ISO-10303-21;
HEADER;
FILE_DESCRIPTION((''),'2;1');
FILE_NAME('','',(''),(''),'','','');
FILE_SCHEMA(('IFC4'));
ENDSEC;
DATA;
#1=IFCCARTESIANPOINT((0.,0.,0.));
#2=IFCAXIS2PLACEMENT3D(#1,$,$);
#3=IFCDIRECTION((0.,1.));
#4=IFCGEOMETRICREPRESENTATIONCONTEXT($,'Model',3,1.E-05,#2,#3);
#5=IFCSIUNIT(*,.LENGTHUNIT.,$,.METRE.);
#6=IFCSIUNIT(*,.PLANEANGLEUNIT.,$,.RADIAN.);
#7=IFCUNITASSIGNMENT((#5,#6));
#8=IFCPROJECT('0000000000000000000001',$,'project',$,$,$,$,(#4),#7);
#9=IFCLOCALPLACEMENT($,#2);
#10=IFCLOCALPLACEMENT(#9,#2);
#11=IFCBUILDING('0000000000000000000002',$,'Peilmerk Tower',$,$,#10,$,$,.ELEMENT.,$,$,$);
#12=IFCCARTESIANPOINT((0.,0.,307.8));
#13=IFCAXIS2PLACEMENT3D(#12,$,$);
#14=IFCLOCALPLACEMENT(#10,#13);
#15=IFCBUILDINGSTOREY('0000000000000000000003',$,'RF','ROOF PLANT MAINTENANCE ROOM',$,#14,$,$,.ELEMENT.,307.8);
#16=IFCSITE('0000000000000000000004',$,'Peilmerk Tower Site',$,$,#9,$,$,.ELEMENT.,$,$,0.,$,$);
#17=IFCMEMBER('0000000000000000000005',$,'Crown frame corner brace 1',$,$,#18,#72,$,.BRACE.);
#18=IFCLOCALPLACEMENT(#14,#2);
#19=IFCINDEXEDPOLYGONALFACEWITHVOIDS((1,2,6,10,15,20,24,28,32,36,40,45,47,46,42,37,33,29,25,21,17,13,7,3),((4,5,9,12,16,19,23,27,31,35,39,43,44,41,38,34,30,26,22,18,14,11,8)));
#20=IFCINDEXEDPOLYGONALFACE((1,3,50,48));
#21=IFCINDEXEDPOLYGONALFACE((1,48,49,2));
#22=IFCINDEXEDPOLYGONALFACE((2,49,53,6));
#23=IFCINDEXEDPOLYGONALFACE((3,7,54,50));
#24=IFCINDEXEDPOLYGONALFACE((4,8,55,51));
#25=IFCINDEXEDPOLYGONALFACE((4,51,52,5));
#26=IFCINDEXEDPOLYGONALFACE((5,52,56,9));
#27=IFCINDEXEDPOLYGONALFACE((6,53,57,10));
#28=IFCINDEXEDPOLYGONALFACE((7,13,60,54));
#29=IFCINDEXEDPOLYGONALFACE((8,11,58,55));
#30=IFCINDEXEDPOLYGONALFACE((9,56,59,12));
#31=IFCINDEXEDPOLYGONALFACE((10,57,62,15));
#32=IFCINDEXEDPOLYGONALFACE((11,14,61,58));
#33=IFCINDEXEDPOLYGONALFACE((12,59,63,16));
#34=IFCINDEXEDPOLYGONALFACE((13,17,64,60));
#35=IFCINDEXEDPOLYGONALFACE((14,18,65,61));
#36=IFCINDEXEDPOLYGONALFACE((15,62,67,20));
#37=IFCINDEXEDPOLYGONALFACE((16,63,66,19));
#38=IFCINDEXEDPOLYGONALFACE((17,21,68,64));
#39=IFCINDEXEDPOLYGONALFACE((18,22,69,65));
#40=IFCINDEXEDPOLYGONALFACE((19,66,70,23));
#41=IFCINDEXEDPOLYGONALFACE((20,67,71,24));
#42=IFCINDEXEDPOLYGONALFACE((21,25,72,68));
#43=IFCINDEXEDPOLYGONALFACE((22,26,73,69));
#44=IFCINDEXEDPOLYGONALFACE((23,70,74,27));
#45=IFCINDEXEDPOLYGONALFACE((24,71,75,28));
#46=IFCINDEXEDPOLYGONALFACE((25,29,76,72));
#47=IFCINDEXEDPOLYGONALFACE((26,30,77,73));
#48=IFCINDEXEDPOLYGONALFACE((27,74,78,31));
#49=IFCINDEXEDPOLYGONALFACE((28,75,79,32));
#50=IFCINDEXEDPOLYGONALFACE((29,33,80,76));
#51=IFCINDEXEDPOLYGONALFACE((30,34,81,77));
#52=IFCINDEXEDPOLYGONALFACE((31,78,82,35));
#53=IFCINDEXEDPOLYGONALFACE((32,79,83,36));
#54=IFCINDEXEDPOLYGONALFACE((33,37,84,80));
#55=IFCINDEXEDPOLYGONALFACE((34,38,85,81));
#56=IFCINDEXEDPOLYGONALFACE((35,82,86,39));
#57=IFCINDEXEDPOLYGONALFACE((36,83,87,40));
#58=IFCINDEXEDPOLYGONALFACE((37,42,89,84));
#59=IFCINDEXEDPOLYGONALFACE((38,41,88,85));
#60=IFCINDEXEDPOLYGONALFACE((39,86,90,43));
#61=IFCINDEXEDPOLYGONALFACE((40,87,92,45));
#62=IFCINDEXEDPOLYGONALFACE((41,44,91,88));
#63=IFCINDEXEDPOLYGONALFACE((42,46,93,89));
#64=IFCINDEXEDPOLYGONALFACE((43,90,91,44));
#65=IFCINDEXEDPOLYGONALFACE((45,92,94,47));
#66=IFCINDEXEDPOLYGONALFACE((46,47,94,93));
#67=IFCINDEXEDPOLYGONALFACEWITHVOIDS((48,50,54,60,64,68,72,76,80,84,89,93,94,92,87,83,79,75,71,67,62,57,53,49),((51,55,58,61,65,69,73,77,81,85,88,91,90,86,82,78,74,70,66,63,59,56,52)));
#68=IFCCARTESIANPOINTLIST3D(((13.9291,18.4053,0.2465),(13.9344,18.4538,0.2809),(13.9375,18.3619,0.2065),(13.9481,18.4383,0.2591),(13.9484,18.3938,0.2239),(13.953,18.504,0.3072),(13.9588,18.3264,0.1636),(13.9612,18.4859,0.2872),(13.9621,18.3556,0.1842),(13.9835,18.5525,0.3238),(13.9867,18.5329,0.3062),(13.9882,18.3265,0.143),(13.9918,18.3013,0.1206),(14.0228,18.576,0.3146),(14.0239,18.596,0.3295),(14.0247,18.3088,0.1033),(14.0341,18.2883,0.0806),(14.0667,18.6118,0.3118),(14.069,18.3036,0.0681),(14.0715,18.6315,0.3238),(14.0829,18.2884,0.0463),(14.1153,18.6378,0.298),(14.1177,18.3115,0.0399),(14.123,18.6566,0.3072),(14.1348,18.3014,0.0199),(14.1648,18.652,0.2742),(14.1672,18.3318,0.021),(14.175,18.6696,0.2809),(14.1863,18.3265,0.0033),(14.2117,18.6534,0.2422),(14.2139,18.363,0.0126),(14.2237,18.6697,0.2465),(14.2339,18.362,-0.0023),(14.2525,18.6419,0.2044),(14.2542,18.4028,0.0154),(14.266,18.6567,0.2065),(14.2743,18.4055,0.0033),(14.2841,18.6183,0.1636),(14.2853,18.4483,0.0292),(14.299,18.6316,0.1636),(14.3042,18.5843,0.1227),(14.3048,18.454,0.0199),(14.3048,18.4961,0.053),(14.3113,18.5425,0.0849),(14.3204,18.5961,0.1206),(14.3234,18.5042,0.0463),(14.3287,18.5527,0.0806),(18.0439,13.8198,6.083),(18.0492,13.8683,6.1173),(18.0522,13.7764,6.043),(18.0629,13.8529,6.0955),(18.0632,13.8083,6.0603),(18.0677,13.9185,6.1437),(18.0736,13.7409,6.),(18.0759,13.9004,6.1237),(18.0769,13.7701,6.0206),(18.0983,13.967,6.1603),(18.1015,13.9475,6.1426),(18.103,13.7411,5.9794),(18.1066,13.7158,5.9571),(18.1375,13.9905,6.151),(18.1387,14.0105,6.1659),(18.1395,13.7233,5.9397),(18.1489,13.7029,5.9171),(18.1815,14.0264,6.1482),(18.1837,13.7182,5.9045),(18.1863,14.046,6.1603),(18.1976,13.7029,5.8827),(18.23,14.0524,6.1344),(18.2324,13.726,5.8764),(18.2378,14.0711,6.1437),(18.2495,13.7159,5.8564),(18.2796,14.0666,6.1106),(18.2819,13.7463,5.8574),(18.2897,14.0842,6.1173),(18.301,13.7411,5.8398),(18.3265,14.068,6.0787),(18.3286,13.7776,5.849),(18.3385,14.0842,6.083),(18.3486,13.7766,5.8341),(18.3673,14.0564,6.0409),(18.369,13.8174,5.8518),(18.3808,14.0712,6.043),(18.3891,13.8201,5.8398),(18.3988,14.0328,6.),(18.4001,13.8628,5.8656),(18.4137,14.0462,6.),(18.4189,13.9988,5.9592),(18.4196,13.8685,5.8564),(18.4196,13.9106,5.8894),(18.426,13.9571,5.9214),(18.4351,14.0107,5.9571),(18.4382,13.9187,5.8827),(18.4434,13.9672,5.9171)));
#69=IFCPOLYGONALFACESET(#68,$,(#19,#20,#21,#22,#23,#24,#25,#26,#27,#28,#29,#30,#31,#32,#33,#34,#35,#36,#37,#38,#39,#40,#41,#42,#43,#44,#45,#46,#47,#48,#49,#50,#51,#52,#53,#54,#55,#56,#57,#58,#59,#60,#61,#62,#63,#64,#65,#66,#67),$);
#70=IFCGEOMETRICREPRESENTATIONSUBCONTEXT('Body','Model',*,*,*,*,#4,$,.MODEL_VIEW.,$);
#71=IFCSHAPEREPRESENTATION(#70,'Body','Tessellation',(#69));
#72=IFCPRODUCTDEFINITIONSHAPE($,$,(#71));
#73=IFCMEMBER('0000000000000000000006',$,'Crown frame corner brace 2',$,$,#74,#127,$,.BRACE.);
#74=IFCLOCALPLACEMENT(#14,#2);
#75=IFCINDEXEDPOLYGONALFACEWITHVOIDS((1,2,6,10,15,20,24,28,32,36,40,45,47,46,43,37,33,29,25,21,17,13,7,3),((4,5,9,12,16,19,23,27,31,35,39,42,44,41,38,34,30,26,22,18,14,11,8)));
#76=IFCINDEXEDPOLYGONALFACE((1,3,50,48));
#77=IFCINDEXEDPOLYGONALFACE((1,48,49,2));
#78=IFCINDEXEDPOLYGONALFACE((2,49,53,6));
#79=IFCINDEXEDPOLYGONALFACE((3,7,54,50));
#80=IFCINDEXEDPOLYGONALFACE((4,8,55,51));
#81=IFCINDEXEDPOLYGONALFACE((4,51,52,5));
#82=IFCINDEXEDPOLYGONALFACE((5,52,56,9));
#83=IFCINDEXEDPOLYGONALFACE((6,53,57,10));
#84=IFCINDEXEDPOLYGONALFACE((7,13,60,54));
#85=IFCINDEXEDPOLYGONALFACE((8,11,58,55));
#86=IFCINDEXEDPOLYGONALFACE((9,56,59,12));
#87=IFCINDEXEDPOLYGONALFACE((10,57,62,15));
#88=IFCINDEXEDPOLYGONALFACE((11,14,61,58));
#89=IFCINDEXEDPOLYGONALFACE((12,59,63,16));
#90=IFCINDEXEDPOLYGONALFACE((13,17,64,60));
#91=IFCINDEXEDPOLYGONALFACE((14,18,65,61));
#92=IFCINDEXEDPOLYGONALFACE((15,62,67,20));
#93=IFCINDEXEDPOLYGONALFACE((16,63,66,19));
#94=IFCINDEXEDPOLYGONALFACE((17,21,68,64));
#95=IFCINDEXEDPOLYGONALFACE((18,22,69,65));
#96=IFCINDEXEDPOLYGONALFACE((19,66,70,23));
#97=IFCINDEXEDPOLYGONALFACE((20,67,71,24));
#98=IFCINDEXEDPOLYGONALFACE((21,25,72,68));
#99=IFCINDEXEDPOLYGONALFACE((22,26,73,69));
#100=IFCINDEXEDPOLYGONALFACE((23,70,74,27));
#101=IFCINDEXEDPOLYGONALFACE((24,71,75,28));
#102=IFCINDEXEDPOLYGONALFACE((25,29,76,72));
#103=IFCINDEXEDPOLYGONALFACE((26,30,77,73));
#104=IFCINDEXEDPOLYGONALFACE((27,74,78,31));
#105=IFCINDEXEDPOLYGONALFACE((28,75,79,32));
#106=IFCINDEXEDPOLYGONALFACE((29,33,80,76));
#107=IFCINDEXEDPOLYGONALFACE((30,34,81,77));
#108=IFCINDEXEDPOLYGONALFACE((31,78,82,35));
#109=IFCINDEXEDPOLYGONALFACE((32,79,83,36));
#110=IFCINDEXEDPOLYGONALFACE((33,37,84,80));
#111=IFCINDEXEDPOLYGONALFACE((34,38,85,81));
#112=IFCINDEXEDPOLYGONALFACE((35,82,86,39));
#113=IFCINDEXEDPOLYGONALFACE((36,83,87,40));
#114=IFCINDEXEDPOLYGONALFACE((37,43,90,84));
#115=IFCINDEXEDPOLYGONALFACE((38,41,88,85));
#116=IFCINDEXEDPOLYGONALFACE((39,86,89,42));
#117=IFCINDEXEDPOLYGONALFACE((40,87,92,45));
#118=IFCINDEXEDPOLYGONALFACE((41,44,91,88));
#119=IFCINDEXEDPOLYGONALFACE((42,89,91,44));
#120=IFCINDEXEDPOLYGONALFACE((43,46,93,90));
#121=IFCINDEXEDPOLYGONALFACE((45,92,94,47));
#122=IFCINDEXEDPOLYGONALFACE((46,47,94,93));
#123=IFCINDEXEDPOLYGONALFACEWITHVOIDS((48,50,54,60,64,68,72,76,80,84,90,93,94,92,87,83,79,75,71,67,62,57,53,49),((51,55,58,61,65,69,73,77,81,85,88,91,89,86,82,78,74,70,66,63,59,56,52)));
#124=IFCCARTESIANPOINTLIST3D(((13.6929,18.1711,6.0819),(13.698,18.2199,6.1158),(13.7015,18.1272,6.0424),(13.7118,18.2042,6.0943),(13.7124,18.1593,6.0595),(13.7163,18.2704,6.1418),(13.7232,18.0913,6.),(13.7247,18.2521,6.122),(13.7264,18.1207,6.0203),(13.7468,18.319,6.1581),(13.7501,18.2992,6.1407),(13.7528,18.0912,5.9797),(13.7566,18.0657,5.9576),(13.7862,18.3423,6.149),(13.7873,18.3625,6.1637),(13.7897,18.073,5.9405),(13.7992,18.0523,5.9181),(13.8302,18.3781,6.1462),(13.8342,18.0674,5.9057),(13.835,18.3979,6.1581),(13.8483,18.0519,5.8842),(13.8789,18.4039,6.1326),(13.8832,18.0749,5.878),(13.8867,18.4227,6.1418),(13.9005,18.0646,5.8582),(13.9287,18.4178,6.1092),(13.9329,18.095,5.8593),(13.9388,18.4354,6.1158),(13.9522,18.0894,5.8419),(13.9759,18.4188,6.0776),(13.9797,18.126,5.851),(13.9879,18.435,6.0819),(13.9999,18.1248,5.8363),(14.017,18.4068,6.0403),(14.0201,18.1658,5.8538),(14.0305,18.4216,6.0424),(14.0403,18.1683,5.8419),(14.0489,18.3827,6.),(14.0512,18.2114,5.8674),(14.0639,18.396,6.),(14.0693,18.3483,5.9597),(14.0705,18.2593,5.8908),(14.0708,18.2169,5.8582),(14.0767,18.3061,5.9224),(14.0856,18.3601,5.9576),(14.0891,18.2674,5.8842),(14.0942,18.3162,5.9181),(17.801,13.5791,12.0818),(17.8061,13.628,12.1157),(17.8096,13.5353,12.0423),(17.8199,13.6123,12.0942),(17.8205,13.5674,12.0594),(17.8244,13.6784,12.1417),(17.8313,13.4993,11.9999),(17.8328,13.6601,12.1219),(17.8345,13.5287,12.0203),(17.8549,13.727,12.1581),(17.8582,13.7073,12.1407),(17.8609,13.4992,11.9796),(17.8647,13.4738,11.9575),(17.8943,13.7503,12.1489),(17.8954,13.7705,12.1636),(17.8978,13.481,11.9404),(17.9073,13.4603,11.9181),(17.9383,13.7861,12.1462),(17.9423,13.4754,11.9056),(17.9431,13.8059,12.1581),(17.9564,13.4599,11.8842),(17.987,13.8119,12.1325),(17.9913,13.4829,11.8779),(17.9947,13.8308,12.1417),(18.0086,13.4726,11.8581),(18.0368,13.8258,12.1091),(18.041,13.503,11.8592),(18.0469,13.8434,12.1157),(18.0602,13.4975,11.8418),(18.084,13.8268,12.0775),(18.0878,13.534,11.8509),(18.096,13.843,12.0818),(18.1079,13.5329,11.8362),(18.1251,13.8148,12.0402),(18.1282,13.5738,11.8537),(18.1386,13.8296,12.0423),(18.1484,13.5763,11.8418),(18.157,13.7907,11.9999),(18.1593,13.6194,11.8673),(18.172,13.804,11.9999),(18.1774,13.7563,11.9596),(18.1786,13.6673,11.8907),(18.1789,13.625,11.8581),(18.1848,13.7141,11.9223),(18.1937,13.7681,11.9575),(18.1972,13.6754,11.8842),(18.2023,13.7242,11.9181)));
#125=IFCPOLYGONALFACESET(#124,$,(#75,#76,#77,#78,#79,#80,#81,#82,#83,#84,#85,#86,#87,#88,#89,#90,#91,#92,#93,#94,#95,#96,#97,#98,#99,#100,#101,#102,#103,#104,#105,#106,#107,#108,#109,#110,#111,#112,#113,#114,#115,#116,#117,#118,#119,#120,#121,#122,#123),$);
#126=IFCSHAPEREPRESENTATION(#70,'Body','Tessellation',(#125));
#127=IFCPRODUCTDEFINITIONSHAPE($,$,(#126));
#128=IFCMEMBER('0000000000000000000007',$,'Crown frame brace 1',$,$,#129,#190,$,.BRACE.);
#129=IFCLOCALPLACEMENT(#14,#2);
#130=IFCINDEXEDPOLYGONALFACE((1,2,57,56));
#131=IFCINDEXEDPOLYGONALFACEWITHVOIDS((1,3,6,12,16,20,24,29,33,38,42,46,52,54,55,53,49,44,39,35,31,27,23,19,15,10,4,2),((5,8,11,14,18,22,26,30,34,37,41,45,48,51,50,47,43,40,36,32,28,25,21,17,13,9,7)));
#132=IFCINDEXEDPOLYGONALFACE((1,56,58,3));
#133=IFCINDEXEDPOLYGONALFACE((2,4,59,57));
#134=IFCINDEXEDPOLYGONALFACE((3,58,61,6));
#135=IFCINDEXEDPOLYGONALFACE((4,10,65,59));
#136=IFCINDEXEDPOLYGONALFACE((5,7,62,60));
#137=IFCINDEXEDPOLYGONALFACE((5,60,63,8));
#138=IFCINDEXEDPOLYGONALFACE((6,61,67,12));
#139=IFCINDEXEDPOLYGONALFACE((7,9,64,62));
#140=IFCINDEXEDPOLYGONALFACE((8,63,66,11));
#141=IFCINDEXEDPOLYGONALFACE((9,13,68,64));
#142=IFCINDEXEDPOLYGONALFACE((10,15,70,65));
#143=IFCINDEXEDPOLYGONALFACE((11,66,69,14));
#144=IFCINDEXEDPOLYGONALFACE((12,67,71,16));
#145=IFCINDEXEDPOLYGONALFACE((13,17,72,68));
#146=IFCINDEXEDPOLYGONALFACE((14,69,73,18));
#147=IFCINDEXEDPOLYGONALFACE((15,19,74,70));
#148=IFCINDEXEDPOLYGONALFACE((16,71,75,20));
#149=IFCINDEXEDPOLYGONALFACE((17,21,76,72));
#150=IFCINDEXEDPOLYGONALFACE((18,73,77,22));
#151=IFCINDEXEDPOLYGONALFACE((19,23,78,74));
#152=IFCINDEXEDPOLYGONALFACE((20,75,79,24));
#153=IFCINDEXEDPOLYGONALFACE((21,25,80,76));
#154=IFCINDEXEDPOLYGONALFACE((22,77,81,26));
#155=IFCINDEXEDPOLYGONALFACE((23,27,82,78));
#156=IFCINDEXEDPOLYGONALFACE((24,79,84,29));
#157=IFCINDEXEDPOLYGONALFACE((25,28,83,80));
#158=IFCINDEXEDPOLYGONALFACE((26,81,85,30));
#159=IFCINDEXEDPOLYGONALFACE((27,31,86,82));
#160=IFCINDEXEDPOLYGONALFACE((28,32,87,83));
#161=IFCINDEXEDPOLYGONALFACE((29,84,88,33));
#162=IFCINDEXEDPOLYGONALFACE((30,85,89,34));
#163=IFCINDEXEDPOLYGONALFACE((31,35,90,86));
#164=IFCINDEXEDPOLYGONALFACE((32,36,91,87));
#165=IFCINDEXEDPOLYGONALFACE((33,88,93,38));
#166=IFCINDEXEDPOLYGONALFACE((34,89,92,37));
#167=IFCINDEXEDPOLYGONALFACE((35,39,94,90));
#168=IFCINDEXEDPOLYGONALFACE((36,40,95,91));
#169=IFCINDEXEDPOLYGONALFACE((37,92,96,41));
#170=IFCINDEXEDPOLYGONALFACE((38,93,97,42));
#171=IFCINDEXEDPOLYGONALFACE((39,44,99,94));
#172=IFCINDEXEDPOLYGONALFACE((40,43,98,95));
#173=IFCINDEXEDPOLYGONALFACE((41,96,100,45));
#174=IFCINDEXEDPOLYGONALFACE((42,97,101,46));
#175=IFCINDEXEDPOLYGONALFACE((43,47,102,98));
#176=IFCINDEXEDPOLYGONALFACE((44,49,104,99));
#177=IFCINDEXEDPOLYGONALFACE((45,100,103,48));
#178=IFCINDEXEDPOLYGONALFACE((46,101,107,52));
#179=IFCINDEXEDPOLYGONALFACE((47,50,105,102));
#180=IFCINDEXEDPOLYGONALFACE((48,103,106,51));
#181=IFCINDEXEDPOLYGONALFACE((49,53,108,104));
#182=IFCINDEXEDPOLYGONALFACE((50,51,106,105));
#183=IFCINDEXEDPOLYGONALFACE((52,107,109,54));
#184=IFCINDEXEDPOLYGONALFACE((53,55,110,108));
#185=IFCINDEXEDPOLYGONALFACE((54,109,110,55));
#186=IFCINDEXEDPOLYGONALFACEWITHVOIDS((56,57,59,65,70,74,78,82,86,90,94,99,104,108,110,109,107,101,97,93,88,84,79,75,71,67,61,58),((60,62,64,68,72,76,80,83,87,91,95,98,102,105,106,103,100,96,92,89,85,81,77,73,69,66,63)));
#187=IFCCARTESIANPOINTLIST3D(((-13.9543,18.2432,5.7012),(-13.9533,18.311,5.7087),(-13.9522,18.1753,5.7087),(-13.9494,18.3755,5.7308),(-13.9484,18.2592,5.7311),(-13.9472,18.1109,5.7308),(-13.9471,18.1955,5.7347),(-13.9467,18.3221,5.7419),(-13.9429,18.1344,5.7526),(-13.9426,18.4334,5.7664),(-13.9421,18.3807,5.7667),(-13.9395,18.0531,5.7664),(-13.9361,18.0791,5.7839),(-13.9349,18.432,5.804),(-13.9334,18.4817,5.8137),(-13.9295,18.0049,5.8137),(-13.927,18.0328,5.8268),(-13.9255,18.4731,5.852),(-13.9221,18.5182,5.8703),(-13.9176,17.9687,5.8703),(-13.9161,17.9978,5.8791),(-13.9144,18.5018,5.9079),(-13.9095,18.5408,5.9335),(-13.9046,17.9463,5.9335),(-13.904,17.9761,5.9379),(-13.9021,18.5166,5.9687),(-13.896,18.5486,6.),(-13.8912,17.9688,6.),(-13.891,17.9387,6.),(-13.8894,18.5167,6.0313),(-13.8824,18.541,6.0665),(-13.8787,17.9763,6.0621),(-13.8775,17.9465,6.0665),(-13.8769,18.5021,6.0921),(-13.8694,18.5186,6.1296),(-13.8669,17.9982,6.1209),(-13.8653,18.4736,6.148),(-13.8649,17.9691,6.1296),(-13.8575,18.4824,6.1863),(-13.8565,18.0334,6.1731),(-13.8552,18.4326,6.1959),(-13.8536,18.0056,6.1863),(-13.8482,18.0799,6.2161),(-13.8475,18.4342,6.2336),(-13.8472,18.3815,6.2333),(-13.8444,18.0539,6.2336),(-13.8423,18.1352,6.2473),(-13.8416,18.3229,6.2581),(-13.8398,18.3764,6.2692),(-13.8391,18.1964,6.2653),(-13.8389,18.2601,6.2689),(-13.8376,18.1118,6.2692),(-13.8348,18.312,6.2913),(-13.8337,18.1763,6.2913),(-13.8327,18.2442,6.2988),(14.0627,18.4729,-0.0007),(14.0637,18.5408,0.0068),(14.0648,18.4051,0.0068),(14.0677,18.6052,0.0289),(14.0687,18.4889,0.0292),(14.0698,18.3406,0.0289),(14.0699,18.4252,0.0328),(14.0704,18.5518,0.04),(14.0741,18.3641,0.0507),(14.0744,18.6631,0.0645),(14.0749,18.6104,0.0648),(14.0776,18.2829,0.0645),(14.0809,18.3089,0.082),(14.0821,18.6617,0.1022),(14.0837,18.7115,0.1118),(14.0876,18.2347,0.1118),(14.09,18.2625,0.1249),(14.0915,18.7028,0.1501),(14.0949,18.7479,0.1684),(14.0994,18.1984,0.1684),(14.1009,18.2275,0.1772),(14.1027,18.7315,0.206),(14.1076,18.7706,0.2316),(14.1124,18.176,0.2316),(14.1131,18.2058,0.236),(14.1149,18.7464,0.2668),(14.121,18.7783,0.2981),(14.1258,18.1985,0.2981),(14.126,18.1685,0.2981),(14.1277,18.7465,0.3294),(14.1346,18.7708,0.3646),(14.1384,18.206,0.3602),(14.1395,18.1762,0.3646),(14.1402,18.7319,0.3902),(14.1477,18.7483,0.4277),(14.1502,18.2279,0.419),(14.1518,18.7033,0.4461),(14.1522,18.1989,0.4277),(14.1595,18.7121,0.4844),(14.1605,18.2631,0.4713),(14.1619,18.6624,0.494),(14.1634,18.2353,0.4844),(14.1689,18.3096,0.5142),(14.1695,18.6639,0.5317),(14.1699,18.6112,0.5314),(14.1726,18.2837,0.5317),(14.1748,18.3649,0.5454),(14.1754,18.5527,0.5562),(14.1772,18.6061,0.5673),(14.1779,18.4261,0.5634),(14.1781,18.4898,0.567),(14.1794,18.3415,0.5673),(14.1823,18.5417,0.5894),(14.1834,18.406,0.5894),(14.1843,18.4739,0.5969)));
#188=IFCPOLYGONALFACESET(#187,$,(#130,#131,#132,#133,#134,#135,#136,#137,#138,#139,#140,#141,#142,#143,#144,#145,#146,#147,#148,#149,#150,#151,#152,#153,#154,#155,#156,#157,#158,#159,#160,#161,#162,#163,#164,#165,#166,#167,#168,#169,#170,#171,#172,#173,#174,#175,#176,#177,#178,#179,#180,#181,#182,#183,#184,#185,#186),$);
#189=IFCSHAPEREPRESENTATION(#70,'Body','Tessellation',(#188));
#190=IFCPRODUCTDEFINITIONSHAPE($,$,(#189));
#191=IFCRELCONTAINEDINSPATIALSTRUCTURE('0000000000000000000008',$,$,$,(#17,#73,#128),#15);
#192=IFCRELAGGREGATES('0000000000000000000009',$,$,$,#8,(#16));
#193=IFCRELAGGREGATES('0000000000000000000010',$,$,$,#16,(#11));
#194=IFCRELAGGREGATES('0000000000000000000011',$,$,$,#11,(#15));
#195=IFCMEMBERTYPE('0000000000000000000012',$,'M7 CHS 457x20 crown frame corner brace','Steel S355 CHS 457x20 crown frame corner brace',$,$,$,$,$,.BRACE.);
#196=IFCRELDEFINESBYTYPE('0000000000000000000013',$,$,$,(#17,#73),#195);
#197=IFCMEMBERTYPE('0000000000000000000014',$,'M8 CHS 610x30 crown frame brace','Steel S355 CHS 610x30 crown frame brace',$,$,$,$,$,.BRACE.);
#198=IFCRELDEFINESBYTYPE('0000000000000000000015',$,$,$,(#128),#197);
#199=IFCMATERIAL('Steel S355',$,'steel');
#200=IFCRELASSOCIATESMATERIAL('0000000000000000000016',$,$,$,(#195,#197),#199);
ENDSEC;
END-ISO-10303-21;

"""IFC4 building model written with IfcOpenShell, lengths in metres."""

from ifc_helpers import new_model, si_unit, direction, frame, origin, origin_2d, place, context, subcontext, project, spatial, hollow_circle, extrude, material, material_profile, profile_set, type_object, element, save


model = new_model("IFC4")

# Units and contexts
model_context = context("Model", 3, precision=1e-05, world=origin(), true_north=direction((0.0, 1.0)))
body_context = subcontext(model_context, "Body", "Model", "MODEL_VIEW")
ifc_project = project(units=[si_unit("LENGTHUNIT", "METRE"), si_unit("PLANEANGLEUNIT", "RADIAN")], contexts=[model_context])

# Site, building, storey
site_placement = place(None, origin())
site = spatial("IfcSite", under=ifc_project, at=site_placement, Name="Peilmerk Tower Site", CompositionType="ELEMENT", RefElevation=0.0)
building_placement = place(site_placement, origin())
building = spatial("IfcBuilding", under=site, at=building_placement, Name="Peilmerk Tower", CompositionType="ELEMENT")
storey_placement = place(building_placement, frame((0.0, 0.0, 307.8)))
storey = spatial("IfcBuildingStorey", under=building, at=storey_placement, Name="RF", Description="ROOF PLANT MAINTENANCE ROOM", CompositionType="ELEMENT", Elevation=307.8)

# Shared definitions
ifc_material_1 = material(Name="Steel S355", Category="steel")

# Members
ifc_material_profile_1 = material_profile(ifc_material_1, hollow_circle(Radius=0.2285, WallThickness=0.02, at=origin_2d()), Name="CHS 457x20")
ifc_profile_set_1 = profile_set([ifc_material_profile_1], Name="Steel S355")
member_type_1 = type_object("IfcMemberType", Name="M7 CHS 457x20 crown frame corner brace", Description="Steel S355 CHS 457x20 crown frame corner brace", PredefinedType="BRACE", material=ifc_profile_set_1)
member_1_placement = place(storey_placement, frame((14.1289, 18.479, 0.1636), z_axis=(0.484856, -0.54032, 0.687727), x_axis=(0.744275, 0.667874, 0.0)))
element("IfcMember", 1, at=member_1_placement, inside=storey, type_object=member_type_1, Name="Crown frame corner brace 1", PredefinedType="BRACE", context=body_context, shape_type="SweptSolid", body=[
    extrude(hollow_circle(Radius=0.2285, WallThickness=0.02, at=origin_2d()), origin(), (0.0, 0.0, 1.0), 8.4866),
])
member_2_placement = place(storey_placement, frame((13.8936, 18.2437, 6.0), z_axis=(0.47768, -0.533945, 0.697657), x_axis=(0.745283, 0.666749, 0.0)))
element("IfcMember", 2, at=member_2_placement, inside=storey, type_object=member_type_1, Name="Crown frame corner brace 2", PredefinedType="BRACE", context=body_context, shape_type="SweptSolid", body=[
    extrude(hollow_circle(Radius=0.2285, WallThickness=0.02, at=origin_2d()), origin(), (0.0, 0.0, 1.0), 8.6001),
])
ifc_material_profile_2 = material_profile(ifc_material_1, hollow_circle(Radius=0.3049, WallThickness=0.03, at=origin_2d()), Name="CHS 610x30")
ifc_profile_set_2 = profile_set([ifc_material_profile_2], Name="Steel S355")
member_type_2 = type_object("IfcMemberType", Name="M8 CHS 610x30 crown frame brace", Description="Steel S355 CHS 610x30 crown frame brace", PredefinedType="BRACE", material=ifc_profile_set_2)
member_3_placement = place(storey_placement, frame((14.1235, 18.4734, 0.2981), z_axis=(-0.979881, -0.008035, 0.199421), x_axis=(0.0082, -0.999966, 0.0)))
element("IfcMember", 3, at=member_3_placement, inside=storey, type_object=member_type_2, Name="Crown frame brace 1", PredefinedType="BRACE", context=body_context, shape_type="SweptSolid", body=[
    extrude(hollow_circle(Radius=0.3049, WallThickness=0.03, at=origin_2d()), origin(), (0.0, 0.0, 1.0), 28.5923),
])

save(model, "model.ifc")
